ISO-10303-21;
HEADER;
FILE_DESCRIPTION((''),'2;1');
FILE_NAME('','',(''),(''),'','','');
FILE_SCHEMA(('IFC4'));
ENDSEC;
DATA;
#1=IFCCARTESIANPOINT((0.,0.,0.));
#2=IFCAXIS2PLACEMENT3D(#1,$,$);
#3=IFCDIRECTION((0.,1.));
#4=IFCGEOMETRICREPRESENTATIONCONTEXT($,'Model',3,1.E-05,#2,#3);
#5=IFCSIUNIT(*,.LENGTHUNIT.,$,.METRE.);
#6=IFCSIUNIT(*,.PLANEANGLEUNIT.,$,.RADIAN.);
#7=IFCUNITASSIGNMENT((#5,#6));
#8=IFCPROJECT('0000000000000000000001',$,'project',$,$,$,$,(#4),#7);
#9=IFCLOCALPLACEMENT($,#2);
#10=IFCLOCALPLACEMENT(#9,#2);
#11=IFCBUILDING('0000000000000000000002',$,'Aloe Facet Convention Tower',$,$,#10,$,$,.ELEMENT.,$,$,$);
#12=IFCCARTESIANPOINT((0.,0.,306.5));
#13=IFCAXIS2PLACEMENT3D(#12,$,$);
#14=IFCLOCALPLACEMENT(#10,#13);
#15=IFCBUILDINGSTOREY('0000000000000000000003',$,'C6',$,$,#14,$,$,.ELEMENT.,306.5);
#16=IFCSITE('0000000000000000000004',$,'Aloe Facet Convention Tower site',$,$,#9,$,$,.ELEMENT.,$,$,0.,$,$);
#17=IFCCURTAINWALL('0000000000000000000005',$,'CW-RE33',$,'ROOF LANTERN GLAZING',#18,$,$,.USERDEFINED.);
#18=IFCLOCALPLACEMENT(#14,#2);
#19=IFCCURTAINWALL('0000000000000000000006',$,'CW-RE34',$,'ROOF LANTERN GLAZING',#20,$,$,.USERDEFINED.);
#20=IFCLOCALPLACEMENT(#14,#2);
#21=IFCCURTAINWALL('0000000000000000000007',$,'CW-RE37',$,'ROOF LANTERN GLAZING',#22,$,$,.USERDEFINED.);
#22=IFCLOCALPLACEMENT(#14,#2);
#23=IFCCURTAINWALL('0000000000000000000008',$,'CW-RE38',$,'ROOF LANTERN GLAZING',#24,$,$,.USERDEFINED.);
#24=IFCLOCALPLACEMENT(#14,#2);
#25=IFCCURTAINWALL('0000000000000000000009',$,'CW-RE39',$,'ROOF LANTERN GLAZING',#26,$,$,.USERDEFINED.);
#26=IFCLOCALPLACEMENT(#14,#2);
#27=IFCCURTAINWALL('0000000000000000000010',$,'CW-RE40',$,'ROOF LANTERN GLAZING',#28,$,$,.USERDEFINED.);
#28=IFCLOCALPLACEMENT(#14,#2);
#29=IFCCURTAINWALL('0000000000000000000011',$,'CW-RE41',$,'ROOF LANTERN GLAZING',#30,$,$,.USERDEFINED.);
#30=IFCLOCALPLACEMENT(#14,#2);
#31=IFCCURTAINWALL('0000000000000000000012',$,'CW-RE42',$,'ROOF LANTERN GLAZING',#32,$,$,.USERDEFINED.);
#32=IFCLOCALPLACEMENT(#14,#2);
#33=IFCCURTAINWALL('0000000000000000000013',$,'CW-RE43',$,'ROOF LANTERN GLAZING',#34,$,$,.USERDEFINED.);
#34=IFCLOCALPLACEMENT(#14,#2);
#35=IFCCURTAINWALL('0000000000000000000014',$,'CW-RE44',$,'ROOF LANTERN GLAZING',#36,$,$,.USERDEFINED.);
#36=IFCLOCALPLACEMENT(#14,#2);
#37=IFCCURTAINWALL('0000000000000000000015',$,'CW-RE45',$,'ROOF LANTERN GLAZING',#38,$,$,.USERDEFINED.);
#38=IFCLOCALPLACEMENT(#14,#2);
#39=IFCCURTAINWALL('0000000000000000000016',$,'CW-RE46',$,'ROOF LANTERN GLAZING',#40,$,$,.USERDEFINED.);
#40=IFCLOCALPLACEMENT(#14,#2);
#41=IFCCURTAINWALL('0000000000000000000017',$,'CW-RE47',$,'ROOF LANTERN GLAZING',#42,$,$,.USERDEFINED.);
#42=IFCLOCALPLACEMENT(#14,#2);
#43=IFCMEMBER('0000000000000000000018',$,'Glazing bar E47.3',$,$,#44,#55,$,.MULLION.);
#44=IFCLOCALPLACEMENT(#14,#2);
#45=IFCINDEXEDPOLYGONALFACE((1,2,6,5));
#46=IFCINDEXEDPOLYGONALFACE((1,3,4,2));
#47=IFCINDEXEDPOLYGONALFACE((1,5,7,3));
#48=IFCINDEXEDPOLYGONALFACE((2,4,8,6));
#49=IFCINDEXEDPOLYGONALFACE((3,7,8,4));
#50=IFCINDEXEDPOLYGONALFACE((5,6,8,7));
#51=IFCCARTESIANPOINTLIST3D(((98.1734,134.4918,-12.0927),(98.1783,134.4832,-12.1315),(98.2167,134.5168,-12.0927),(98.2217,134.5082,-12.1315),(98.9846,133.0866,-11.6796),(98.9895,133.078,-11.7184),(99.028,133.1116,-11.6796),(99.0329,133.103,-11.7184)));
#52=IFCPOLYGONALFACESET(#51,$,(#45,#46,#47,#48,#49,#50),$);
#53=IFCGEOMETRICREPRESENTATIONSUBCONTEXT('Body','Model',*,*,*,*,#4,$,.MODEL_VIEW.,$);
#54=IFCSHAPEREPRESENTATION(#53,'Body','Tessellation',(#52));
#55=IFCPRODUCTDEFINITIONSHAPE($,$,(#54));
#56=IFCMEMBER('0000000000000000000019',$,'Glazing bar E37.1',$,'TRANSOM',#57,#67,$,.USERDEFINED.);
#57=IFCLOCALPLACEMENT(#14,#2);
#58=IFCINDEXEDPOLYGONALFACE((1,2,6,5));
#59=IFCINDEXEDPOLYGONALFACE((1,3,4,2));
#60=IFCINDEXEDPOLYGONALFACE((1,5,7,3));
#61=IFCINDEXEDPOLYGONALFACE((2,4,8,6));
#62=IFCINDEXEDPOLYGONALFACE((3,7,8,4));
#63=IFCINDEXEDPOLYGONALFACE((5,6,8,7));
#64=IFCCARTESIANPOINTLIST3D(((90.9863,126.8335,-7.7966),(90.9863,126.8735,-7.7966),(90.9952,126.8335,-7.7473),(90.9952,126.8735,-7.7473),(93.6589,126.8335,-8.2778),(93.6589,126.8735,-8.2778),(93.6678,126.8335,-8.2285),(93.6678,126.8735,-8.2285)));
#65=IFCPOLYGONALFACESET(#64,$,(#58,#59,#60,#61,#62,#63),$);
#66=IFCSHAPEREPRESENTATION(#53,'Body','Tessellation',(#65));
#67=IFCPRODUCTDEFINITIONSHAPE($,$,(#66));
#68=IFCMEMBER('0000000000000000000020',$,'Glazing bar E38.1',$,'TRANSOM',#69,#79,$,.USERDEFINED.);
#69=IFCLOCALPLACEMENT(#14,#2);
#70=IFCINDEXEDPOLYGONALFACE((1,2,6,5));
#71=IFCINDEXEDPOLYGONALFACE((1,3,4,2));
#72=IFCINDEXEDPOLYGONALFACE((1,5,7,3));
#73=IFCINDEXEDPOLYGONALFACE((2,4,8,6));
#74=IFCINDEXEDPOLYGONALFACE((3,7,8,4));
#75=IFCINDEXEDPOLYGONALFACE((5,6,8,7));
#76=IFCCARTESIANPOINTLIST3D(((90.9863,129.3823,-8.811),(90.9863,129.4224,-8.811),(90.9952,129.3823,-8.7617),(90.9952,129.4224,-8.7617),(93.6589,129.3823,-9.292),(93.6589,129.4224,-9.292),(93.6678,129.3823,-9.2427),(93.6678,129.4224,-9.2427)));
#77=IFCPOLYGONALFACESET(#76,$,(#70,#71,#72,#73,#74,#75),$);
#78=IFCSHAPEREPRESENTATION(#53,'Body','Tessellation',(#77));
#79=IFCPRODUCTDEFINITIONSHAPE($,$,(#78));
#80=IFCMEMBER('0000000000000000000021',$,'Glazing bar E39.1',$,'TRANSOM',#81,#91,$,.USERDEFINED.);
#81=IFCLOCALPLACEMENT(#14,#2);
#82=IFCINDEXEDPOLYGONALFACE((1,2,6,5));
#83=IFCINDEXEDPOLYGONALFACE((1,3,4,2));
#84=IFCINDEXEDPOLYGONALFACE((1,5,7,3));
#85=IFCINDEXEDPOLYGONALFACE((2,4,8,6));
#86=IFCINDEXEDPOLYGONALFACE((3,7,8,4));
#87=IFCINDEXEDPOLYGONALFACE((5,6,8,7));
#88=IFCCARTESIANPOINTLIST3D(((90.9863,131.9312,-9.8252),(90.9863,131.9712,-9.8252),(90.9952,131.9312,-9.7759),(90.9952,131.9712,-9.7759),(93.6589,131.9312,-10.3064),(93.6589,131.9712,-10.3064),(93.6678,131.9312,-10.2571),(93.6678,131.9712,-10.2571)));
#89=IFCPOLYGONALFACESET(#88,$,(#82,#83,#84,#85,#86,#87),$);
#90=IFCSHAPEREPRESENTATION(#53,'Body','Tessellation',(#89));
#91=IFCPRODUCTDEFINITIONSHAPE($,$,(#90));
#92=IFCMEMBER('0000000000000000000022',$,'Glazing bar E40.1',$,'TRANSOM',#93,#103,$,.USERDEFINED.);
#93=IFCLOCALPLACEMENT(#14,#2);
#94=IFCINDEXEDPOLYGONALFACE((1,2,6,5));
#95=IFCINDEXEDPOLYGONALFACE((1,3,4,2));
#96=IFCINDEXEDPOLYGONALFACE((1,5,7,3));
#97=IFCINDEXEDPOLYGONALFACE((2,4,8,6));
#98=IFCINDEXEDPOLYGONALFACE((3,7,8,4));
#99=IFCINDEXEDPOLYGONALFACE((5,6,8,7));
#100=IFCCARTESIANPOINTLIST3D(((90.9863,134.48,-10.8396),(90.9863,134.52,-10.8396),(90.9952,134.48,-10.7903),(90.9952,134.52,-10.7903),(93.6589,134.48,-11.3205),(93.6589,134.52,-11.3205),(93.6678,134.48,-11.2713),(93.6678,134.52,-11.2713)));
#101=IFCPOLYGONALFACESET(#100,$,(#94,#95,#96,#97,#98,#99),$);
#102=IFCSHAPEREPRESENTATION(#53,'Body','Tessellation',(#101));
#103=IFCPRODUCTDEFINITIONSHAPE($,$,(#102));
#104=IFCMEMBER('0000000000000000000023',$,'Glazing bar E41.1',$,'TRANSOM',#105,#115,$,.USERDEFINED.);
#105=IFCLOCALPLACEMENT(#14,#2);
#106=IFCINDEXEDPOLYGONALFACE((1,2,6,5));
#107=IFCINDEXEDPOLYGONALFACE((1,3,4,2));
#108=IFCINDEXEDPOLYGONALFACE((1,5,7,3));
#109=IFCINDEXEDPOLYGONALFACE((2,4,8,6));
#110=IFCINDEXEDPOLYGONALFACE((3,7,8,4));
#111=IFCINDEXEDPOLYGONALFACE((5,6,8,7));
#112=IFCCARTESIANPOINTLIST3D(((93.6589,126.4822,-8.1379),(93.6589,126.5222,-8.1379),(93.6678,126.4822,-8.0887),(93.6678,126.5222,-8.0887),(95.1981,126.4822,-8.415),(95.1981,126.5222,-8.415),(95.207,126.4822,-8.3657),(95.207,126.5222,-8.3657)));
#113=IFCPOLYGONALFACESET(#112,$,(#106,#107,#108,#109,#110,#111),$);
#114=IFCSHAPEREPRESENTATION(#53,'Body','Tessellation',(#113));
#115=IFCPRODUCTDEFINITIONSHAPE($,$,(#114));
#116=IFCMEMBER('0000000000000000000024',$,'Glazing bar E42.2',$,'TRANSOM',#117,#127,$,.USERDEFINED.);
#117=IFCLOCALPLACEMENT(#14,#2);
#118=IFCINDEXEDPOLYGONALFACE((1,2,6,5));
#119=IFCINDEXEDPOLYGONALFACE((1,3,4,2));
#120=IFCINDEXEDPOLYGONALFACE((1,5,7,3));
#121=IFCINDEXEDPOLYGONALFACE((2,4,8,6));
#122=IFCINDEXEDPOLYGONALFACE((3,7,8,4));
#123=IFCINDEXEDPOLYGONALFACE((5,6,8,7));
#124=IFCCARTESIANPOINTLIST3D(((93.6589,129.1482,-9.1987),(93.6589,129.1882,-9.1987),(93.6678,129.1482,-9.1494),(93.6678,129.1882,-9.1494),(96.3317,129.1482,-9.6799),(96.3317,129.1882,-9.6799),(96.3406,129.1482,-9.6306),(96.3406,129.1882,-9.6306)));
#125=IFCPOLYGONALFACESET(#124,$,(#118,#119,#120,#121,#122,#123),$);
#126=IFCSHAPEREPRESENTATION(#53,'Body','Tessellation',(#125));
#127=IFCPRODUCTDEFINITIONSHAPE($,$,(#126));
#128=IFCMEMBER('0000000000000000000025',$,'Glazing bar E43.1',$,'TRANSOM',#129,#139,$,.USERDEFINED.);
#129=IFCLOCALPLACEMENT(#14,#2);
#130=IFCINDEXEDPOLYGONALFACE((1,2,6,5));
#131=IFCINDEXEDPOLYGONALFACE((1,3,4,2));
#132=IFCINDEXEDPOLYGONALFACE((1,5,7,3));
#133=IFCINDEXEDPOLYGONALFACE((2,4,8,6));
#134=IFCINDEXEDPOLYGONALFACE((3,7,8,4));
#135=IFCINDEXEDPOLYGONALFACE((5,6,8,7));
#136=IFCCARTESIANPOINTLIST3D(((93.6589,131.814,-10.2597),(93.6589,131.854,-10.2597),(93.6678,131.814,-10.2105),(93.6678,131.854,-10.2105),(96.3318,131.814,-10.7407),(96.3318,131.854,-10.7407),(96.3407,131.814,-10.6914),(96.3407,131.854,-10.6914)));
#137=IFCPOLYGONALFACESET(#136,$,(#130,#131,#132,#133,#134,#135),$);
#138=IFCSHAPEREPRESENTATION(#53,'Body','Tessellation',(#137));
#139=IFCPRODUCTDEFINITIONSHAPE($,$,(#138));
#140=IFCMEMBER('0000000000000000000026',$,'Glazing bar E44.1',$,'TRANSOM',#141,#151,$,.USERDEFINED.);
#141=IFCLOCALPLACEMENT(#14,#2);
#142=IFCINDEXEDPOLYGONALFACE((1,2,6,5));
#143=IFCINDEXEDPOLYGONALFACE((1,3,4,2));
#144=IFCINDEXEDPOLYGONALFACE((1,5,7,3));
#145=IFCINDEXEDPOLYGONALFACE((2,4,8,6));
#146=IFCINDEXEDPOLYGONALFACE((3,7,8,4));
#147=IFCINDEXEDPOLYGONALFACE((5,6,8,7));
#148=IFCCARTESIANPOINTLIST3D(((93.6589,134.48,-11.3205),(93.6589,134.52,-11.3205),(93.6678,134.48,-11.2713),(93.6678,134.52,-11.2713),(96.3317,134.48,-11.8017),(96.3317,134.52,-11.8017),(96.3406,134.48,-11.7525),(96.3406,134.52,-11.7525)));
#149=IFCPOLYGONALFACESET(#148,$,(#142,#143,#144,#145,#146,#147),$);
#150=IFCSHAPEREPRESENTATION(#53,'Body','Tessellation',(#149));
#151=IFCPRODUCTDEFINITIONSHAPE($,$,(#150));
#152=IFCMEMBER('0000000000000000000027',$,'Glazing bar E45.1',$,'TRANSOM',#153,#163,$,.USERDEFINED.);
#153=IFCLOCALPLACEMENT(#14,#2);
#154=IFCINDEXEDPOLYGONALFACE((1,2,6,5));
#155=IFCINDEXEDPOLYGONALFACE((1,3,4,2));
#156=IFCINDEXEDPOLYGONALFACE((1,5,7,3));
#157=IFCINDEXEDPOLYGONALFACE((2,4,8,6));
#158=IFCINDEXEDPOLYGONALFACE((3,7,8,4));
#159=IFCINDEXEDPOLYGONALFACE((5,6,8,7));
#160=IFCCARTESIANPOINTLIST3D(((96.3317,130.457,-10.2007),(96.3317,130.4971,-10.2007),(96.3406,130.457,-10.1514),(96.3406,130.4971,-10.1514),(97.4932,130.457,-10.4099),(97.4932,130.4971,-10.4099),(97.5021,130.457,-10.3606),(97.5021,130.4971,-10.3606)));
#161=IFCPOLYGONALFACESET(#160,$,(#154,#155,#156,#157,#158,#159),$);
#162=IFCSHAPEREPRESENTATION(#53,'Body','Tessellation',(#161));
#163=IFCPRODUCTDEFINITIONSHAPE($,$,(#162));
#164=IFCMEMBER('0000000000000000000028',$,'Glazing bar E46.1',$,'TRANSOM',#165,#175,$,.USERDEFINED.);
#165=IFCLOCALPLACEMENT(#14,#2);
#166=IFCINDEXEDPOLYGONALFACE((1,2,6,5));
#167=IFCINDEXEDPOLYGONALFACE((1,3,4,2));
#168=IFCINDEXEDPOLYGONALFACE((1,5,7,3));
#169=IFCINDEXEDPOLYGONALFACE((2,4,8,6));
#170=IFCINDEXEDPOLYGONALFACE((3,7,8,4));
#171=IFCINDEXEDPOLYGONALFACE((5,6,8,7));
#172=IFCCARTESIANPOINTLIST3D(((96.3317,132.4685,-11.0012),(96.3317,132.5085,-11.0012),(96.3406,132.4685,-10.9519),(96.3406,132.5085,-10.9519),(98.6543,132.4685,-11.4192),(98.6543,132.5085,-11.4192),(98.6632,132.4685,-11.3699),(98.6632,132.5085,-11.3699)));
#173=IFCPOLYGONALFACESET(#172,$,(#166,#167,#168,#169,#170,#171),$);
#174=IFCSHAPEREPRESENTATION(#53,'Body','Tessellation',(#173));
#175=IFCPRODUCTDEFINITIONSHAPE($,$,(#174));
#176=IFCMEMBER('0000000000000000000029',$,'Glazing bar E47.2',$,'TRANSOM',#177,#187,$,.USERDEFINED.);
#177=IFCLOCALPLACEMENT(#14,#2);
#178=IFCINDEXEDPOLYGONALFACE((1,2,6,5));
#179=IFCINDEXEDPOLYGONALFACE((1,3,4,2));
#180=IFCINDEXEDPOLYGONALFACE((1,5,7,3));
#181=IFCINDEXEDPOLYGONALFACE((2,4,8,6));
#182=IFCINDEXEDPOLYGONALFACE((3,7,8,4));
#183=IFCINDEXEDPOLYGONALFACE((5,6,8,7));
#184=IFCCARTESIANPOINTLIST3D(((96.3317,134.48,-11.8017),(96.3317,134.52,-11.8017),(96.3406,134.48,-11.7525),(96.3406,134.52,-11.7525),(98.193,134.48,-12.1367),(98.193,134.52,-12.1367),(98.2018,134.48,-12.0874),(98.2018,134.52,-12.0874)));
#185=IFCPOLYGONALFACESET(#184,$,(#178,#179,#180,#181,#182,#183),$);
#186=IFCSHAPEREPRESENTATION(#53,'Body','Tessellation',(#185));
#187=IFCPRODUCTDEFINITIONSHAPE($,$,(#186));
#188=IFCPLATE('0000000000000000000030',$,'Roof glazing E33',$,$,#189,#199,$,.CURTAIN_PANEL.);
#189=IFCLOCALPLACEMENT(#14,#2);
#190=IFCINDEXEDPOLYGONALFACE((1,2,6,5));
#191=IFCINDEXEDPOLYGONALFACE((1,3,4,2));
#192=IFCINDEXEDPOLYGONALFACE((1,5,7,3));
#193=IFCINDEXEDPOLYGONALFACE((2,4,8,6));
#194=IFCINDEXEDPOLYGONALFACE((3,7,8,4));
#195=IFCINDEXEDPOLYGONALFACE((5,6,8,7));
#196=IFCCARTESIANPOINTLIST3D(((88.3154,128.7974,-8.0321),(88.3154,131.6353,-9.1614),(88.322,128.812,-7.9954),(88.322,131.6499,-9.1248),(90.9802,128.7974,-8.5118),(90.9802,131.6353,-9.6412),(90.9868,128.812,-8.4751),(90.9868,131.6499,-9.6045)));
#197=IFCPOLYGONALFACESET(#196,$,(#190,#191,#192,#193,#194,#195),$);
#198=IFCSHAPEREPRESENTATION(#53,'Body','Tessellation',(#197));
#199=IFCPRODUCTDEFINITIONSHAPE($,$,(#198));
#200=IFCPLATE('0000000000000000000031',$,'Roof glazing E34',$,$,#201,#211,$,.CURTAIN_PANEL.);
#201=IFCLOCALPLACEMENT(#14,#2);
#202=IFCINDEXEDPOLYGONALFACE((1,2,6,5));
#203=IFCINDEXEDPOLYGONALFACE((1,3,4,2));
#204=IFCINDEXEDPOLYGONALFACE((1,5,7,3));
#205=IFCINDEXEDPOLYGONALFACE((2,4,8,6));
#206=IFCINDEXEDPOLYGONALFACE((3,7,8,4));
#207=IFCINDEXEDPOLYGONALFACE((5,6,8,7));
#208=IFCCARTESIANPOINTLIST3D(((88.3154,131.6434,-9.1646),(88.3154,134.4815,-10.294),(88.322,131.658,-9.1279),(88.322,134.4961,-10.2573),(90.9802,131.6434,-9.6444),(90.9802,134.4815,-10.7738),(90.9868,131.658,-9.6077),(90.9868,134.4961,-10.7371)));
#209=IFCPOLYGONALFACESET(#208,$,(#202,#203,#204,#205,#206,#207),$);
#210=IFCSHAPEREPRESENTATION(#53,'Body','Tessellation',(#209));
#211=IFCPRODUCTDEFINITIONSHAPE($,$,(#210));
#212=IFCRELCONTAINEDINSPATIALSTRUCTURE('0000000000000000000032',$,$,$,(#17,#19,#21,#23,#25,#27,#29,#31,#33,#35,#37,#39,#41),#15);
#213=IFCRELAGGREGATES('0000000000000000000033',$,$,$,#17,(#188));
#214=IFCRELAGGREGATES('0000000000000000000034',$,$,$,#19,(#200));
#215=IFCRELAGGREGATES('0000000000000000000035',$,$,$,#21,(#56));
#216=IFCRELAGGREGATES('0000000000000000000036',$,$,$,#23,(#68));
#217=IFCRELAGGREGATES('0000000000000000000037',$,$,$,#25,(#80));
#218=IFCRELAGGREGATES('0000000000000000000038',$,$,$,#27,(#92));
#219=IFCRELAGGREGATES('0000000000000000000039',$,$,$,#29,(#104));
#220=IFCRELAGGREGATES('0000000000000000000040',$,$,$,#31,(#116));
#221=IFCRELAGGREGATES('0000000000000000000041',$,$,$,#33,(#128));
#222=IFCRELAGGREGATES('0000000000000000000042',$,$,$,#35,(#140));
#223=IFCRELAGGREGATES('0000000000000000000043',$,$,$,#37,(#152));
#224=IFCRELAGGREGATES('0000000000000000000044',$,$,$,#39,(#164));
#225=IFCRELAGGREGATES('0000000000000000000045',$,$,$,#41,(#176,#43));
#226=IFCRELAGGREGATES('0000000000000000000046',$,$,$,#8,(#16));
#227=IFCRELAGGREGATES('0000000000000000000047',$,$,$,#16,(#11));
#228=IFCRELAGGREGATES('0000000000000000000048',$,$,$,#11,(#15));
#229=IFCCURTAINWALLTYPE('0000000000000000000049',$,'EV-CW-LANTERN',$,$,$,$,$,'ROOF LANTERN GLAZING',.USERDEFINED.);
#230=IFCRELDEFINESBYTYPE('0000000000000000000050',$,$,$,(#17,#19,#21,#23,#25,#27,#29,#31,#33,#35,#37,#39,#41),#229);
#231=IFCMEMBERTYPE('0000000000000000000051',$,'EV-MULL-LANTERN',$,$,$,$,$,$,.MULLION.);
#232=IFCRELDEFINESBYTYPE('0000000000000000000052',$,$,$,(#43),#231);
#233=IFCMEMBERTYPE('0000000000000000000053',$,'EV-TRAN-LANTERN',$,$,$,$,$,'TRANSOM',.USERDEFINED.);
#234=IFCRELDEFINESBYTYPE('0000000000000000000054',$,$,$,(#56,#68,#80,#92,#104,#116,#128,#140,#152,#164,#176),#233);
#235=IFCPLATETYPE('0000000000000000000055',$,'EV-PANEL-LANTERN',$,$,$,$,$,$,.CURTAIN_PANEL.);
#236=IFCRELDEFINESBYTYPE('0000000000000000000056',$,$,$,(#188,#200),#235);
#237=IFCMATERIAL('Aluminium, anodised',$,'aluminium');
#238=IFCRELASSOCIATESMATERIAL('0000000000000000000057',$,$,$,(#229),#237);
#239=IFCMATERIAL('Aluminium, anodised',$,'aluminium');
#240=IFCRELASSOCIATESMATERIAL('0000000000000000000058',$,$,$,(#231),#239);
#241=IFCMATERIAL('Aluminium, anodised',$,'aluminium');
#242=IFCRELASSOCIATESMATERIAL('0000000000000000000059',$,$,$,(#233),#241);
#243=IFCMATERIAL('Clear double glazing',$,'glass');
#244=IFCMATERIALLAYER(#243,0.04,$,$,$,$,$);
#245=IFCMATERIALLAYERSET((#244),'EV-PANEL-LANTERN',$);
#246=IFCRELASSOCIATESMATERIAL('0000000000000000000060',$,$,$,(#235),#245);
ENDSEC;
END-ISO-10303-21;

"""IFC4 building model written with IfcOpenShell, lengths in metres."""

from ifc_helpers import new_model, si_unit, direction, frame, origin, origin_2d, place, context, subcontext, project, spatial, polyline, rectangle, outline, extrude, material, layer, layer_set, material_profile, profile_set, type_object, element, aggregate, save


model = new_model("IFC4")

# Units and contexts
model_context = context("Model", 3, precision=1e-05, world=origin(), true_north=direction((0.0, 1.0)))
body_context = subcontext(model_context, "Body", "Model", "MODEL_VIEW")
ifc_project = project(units=[si_unit("LENGTHUNIT", "METRE"), si_unit("PLANEANGLEUNIT", "RADIAN")], contexts=[model_context])

# Site, building, storey
site_placement = place(None, origin())
site = spatial("IfcSite", under=ifc_project, at=site_placement, Name="Aloe Facet Convention Tower site", CompositionType="ELEMENT", RefElevation=0.0)
building_placement = place(site_placement, origin())
building = spatial("IfcBuilding", under=site, at=building_placement, Name="Aloe Facet Convention Tower", CompositionType="ELEMENT")
storey_placement = place(building_placement, frame((0.0, 0.0, 306.5)))
storey = spatial("IfcBuildingStorey", under=building, at=storey_placement, Name="C6", CompositionType="ELEMENT", Elevation=306.5)

# Curtain walls
ifc_material_1 = material(Name="Aluminium, anodised", Category="aluminium")
curtain_wall_type = type_object("IfcCurtainWallType", Name="EV-CW-LANTERN", ElementType="ROOF LANTERN GLAZING", PredefinedType="USERDEFINED", material=ifc_material_1)
ifc_material_2 = material(Name="Aluminium, anodised", Category="aluminium")
ifc_material_profile_1 = material_profile(ifc_material_2, rectangle(XDim=0.05, YDim=0.04, at=origin_2d()), Name="AL 50x40")
ifc_profile_set_1 = profile_set([ifc_material_profile_1], Name="Aluminium, anodised")
member_type_1 = type_object("IfcMemberType", Name="EV-MULL-LANTERN", PredefinedType="MULLION", material=ifc_profile_set_1)
curtain_wall_1_placement = place(storey_placement, origin())
curtain_wall_1 = element("IfcCurtainWall", 1, at=curtain_wall_1_placement, inside=storey, type_object=curtain_wall_type, Name="CW-RE33", ObjectType="ROOF LANTERN GLAZING", PredefinedType="USERDEFINED")
curtain_wall_2_placement = place(storey_placement, origin())
curtain_wall_2 = element("IfcCurtainWall", 2, at=curtain_wall_2_placement, inside=storey, type_object=curtain_wall_type, Name="CW-RE34", ObjectType="ROOF LANTERN GLAZING", PredefinedType="USERDEFINED")
curtain_wall_3_placement = place(storey_placement, origin())
curtain_wall_3 = element("IfcCurtainWall", 3, at=curtain_wall_3_placement, inside=storey, type_object=curtain_wall_type, Name="CW-RE37", ObjectType="ROOF LANTERN GLAZING", PredefinedType="USERDEFINED")
curtain_wall_4_placement = place(storey_placement, origin())
curtain_wall_4 = element("IfcCurtainWall", 4, at=curtain_wall_4_placement, inside=storey, type_object=curtain_wall_type, Name="CW-RE38", ObjectType="ROOF LANTERN GLAZING", PredefinedType="USERDEFINED")
curtain_wall_5_placement = place(storey_placement, origin())
curtain_wall_5 = element("IfcCurtainWall", 5, at=curtain_wall_5_placement, inside=storey, type_object=curtain_wall_type, Name="CW-RE39", ObjectType="ROOF LANTERN GLAZING", PredefinedType="USERDEFINED")
curtain_wall_6_placement = place(storey_placement, origin())
curtain_wall_6 = element("IfcCurtainWall", 6, at=curtain_wall_6_placement, inside=storey, type_object=curtain_wall_type, Name="CW-RE40", ObjectType="ROOF LANTERN GLAZING", PredefinedType="USERDEFINED")
curtain_wall_7_placement = place(storey_placement, origin())
curtain_wall_7 = element("IfcCurtainWall", 7, at=curtain_wall_7_placement, inside=storey, type_object=curtain_wall_type, Name="CW-RE41", ObjectType="ROOF LANTERN GLAZING", PredefinedType="USERDEFINED")

# Curtain wall
curtain_wall_8_placement = place(storey_placement, origin())
curtain_wall_8 = element("IfcCurtainWall", 8, at=curtain_wall_8_placement, inside=storey, type_object=curtain_wall_type, Name="CW-RE42", ObjectType="ROOF LANTERN GLAZING", PredefinedType="USERDEFINED")

# Curtain walls
curtain_wall_9_placement = place(storey_placement, origin())
curtain_wall_9 = element("IfcCurtainWall", 9, at=curtain_wall_9_placement, inside=storey, type_object=curtain_wall_type, Name="CW-RE43", ObjectType="ROOF LANTERN GLAZING", PredefinedType="USERDEFINED")
curtain_wall_10_placement = place(storey_placement, origin())
curtain_wall_10 = element("IfcCurtainWall", 10, at=curtain_wall_10_placement, inside=storey, type_object=curtain_wall_type, Name="CW-RE44", ObjectType="ROOF LANTERN GLAZING", PredefinedType="USERDEFINED")
curtain_wall_11_placement = place(storey_placement, origin())
curtain_wall_11 = element("IfcCurtainWall", 11, at=curtain_wall_11_placement, inside=storey, type_object=curtain_wall_type, Name="CW-RE45", ObjectType="ROOF LANTERN GLAZING", PredefinedType="USERDEFINED")
curtain_wall_12_placement = place(storey_placement, origin())
curtain_wall_12 = element("IfcCurtainWall", 12, at=curtain_wall_12_placement, inside=storey, type_object=curtain_wall_type, Name="CW-RE46", ObjectType="ROOF LANTERN GLAZING", PredefinedType="USERDEFINED")

# Curtain wall, member
curtain_wall_13_placement = place(storey_placement, origin())
curtain_wall_13 = element("IfcCurtainWall", 13, at=curtain_wall_13_placement, inside=storey, type_object=curtain_wall_type, Name="CW-RE47", ObjectType="ROOF LANTERN GLAZING", PredefinedType="USERDEFINED")
member_1_placement = place(storey_placement, frame((98.1975, 134.5, -12.1121), z_axis=(0.48452, -0.839271, 0.246707), x_axis=(0.86604, 0.499974, 0.0)))
member_1 = element("IfcMember", 14, at=member_1_placement, type_object=member_type_1, Name="Glazing bar E47.3", PredefinedType="MULLION", context=body_context, shape_type="SweptSolid", body=[
    extrude(rectangle(XDim=0.05, YDim=0.04, at=origin_2d()), origin(), (0.0, 0.0, 1.0), 1.6743),
])

# Members
ifc_material_3 = material(Name="Aluminium, anodised", Category="aluminium")
ifc_material_profile_2 = material_profile(ifc_material_3, rectangle(XDim=0.04, YDim=0.05, at=origin_2d()), Name="AL 40x50")
ifc_profile_set_2 = profile_set([ifc_material_profile_2], Name="Aluminium, anodised")
member_type_2 = type_object("IfcMemberType", Name="EV-TRAN-LANTERN", ElementType="TRANSOM", PredefinedType="USERDEFINED", material=ifc_profile_set_2)
member_2_placement = place(storey_placement, frame((90.9907, 126.8535, -7.772), z_axis=(0.984175, 0.0, -0.1772), x_axis=(0.0, 1.0, 0.0)))
member_2 = element("IfcMember", 15, at=member_2_placement, type_object=member_type_2, Name="Glazing bar E37.1", ObjectType="TRANSOM", PredefinedType="USERDEFINED", context=body_context, shape_type="SweptSolid", body=[
    extrude(rectangle(XDim=0.04, YDim=0.05, at=origin_2d()), origin(), (0.0, 0.0, 1.0), 2.7156),
])
member_3_placement = place(storey_placement, frame((90.9907, 129.4023, -8.7864), z_axis=(0.984191, 0.0, -0.177113), x_axis=(0.0, 1.0, 0.0)))
member_3 = element("IfcMember", 16, at=member_3_placement, type_object=member_type_2, Name="Glazing bar E38.1", ObjectType="TRANSOM", PredefinedType="USERDEFINED", context=body_context, shape_type="SweptSolid", body=[
    extrude(rectangle(XDim=0.04, YDim=0.05, at=origin_2d()), origin(), (0.0, 0.0, 1.0), 2.7156),
])
member_4_placement = place(storey_placement, frame((90.9907, 131.9512, -9.8005), z_axis=(0.984175, 0.0, -0.1772), x_axis=(0.0, 1.0, 0.0)))
member_4 = element("IfcMember", 17, at=member_4_placement, type_object=member_type_2, Name="Glazing bar E39.1", ObjectType="TRANSOM", PredefinedType="USERDEFINED", context=body_context, shape_type="SweptSolid", body=[
    extrude(rectangle(XDim=0.04, YDim=0.05, at=origin_2d()), origin(), (0.0, 0.0, 1.0), 2.7156),
])
member_5_placement = place(storey_placement, frame((90.9907, 134.5, -10.8149), z_axis=(0.984191, 0.0, -0.177113), x_axis=(0.0, 1.0, 0.0)))
member_5 = element("IfcMember", 18, at=member_5_placement, type_object=member_type_2, Name="Glazing bar E40.1", ObjectType="TRANSOM", PredefinedType="USERDEFINED", context=body_context, shape_type="SweptSolid", body=[
    extrude(rectangle(XDim=0.04, YDim=0.05, at=origin_2d()), origin(), (0.0, 0.0, 1.0), 2.7156),
])
member_6_placement = place(storey_placement, frame((93.6633, 126.5022, -8.1133), z_axis=(0.984181, 0.0, -0.177168), x_axis=(0.0, 1.0, 0.0)))
member_6 = element("IfcMember", 19, at=member_6_placement, type_object=member_type_2, Name="Glazing bar E41.1", ObjectType="TRANSOM", PredefinedType="USERDEFINED", context=body_context, shape_type="SweptSolid", body=[
    extrude(rectangle(XDim=0.04, YDim=0.05, at=origin_2d()), origin(), (0.0, 0.0, 1.0), 1.564),
])
member_7_placement = place(storey_placement, frame((93.6633, 129.1682, -9.1741), z_axis=(0.984178, 0.0, -0.177184), x_axis=(0.0, 1.0, 0.0)))
member_7 = element("IfcMember", 20, at=member_7_placement, type_object=member_type_2, Name="Glazing bar E42.2", ObjectType="TRANSOM", PredefinedType="USERDEFINED", context=body_context, shape_type="SweptSolid", body=[
    extrude(rectangle(XDim=0.04, YDim=0.05, at=origin_2d()), origin(), (0.0, 0.0, 1.0), 2.7158),
])
member_8_placement = place(storey_placement, frame((93.6633, 131.834, -10.2351), z_axis=(0.984193, 0.0, -0.177097), x_axis=(0.0, 1.0, 0.0)))
member_8 = element("IfcMember", 21, at=member_8_placement, type_object=member_type_2, Name="Glazing bar E43.1", ObjectType="TRANSOM", PredefinedType="USERDEFINED", context=body_context, shape_type="SweptSolid", body=[
    extrude(rectangle(XDim=0.04, YDim=0.05, at=origin_2d()), origin(), (0.0, 0.0, 1.0), 2.7158),
])
member_9_placement = place(storey_placement, frame((93.6633, 134.5, -11.2959), z_axis=(0.984178, 0.0, -0.177184), x_axis=(0.0, 1.0, 0.0)))
member_9 = element("IfcMember", 22, at=member_9_placement, type_object=member_type_2, Name="Glazing bar E44.1", ObjectType="TRANSOM", PredefinedType="USERDEFINED", context=body_context, shape_type="SweptSolid", body=[
    extrude(rectangle(XDim=0.04, YDim=0.05, at=origin_2d()), origin(), (0.0, 0.0, 1.0), 2.7158),
])
member_10_placement = place(storey_placement, frame((96.3362, 130.4771, -10.176), z_axis=(0.984157, 0.0, -0.177301), x_axis=(0.0, 1.0, 0.0)))
member_10 = element("IfcMember", 23, at=member_10_placement, type_object=member_type_2, Name="Glazing bar E45.1", ObjectType="TRANSOM", PredefinedType="USERDEFINED", context=body_context, shape_type="SweptSolid", body=[
    extrude(rectangle(XDim=0.04, YDim=0.05, at=origin_2d()), origin(), (0.0, 0.0, 1.0), 1.1802),
])
member_11_placement = place(storey_placement, frame((96.3362, 132.4885, -10.9766), z_axis=(0.984189, 0.0, -0.177119), x_axis=(0.0, 1.0, 0.0)))
member_11 = element("IfcMember", 24, at=member_11_placement, type_object=member_type_2, Name="Glazing bar E46.1", ObjectType="TRANSOM", PredefinedType="USERDEFINED", context=body_context, shape_type="SweptSolid", body=[
    extrude(rectangle(XDim=0.04, YDim=0.05, at=origin_2d()), origin(), (0.0, 0.0, 1.0), 2.3599),
])
member_12_placement = place(storey_placement, frame((96.3362, 134.5, -11.7771), z_axis=(0.984191, 0.0, -0.177113), x_axis=(0.0, 1.0, 0.0)))
member_12 = element("IfcMember", 25, at=member_12_placement, type_object=member_type_2, Name="Glazing bar E47.2", ObjectType="TRANSOM", PredefinedType="USERDEFINED", context=body_context, shape_type="SweptSolid", body=[
    extrude(rectangle(XDim=0.04, YDim=0.05, at=origin_2d()), origin(), (0.0, 0.0, 1.0), 1.8911),
])

# Plates
ifc_material_4 = material(Name="Clear double glazing", Category="glass")
ifc_layer = layer(ifc_material_4, 0.04)
ifc_layer_set = layer_set([ifc_layer], Name="EV-PANEL-LANTERN")
plate_type = type_object("IfcPlateType", Name="EV-PANEL-LANTERN", PredefinedType="CURTAIN_PANEL", material=ifc_layer_set)
plate_1_placement = place(storey_placement, frame((88.322, 131.6499, -9.1248), z_axis=(0.164976, 0.364697, 0.916394), x_axis=(0.984179, 0.0, -0.177179)))
plate_1 = element("IfcPlate", 26, at=plate_1_placement, type_object=plate_type, Name="Roof glazing E33", PredefinedType="CURTAIN_PANEL", context=body_context, shape_type="SweptSolid", body=[
    extrude(outline(polyline([(0.0, 0.0), (2.7076, 0.0), (2.5075, -3.0478), (-0.2001, -3.0478), (0.0, 0.0)])), origin(), (0.0, 0.0, -1.0), 0.04),
])
aggregate(curtain_wall_1, [plate_1])
plate_2_placement = place(storey_placement, frame((88.322, 134.4961, -10.2573), z_axis=(0.164978, 0.36467, 0.916405), x_axis=(0.984179, 0.0, -0.177179)))
plate_2 = element("IfcPlate", 27, at=plate_2_placement, type_object=plate_type, Name="Roof glazing E34", PredefinedType="CURTAIN_PANEL", context=body_context, shape_type="SweptSolid", body=[
    extrude(outline(polyline([(0.0, 0.0), (2.7076, 0.0), (2.5075, -3.048), (-0.2001, -3.048), (0.0, 0.0)])), origin(), (0.0, 0.0, -1.0), 0.04),
])
aggregate(curtain_wall_2, [plate_2])
aggregate(curtain_wall_3, [member_2])
aggregate(curtain_wall_4, [member_3])
aggregate(curtain_wall_5, [member_4])
aggregate(curtain_wall_6, [member_5])
aggregate(curtain_wall_7, [member_6])
aggregate(curtain_wall_8, [member_7])
aggregate(curtain_wall_9, [member_8])
aggregate(curtain_wall_10, [member_9])
aggregate(curtain_wall_11, [member_10])
aggregate(curtain_wall_12, [member_11])
aggregate(curtain_wall_13, [member_12, member_1])

save(model, "model.ifc")
